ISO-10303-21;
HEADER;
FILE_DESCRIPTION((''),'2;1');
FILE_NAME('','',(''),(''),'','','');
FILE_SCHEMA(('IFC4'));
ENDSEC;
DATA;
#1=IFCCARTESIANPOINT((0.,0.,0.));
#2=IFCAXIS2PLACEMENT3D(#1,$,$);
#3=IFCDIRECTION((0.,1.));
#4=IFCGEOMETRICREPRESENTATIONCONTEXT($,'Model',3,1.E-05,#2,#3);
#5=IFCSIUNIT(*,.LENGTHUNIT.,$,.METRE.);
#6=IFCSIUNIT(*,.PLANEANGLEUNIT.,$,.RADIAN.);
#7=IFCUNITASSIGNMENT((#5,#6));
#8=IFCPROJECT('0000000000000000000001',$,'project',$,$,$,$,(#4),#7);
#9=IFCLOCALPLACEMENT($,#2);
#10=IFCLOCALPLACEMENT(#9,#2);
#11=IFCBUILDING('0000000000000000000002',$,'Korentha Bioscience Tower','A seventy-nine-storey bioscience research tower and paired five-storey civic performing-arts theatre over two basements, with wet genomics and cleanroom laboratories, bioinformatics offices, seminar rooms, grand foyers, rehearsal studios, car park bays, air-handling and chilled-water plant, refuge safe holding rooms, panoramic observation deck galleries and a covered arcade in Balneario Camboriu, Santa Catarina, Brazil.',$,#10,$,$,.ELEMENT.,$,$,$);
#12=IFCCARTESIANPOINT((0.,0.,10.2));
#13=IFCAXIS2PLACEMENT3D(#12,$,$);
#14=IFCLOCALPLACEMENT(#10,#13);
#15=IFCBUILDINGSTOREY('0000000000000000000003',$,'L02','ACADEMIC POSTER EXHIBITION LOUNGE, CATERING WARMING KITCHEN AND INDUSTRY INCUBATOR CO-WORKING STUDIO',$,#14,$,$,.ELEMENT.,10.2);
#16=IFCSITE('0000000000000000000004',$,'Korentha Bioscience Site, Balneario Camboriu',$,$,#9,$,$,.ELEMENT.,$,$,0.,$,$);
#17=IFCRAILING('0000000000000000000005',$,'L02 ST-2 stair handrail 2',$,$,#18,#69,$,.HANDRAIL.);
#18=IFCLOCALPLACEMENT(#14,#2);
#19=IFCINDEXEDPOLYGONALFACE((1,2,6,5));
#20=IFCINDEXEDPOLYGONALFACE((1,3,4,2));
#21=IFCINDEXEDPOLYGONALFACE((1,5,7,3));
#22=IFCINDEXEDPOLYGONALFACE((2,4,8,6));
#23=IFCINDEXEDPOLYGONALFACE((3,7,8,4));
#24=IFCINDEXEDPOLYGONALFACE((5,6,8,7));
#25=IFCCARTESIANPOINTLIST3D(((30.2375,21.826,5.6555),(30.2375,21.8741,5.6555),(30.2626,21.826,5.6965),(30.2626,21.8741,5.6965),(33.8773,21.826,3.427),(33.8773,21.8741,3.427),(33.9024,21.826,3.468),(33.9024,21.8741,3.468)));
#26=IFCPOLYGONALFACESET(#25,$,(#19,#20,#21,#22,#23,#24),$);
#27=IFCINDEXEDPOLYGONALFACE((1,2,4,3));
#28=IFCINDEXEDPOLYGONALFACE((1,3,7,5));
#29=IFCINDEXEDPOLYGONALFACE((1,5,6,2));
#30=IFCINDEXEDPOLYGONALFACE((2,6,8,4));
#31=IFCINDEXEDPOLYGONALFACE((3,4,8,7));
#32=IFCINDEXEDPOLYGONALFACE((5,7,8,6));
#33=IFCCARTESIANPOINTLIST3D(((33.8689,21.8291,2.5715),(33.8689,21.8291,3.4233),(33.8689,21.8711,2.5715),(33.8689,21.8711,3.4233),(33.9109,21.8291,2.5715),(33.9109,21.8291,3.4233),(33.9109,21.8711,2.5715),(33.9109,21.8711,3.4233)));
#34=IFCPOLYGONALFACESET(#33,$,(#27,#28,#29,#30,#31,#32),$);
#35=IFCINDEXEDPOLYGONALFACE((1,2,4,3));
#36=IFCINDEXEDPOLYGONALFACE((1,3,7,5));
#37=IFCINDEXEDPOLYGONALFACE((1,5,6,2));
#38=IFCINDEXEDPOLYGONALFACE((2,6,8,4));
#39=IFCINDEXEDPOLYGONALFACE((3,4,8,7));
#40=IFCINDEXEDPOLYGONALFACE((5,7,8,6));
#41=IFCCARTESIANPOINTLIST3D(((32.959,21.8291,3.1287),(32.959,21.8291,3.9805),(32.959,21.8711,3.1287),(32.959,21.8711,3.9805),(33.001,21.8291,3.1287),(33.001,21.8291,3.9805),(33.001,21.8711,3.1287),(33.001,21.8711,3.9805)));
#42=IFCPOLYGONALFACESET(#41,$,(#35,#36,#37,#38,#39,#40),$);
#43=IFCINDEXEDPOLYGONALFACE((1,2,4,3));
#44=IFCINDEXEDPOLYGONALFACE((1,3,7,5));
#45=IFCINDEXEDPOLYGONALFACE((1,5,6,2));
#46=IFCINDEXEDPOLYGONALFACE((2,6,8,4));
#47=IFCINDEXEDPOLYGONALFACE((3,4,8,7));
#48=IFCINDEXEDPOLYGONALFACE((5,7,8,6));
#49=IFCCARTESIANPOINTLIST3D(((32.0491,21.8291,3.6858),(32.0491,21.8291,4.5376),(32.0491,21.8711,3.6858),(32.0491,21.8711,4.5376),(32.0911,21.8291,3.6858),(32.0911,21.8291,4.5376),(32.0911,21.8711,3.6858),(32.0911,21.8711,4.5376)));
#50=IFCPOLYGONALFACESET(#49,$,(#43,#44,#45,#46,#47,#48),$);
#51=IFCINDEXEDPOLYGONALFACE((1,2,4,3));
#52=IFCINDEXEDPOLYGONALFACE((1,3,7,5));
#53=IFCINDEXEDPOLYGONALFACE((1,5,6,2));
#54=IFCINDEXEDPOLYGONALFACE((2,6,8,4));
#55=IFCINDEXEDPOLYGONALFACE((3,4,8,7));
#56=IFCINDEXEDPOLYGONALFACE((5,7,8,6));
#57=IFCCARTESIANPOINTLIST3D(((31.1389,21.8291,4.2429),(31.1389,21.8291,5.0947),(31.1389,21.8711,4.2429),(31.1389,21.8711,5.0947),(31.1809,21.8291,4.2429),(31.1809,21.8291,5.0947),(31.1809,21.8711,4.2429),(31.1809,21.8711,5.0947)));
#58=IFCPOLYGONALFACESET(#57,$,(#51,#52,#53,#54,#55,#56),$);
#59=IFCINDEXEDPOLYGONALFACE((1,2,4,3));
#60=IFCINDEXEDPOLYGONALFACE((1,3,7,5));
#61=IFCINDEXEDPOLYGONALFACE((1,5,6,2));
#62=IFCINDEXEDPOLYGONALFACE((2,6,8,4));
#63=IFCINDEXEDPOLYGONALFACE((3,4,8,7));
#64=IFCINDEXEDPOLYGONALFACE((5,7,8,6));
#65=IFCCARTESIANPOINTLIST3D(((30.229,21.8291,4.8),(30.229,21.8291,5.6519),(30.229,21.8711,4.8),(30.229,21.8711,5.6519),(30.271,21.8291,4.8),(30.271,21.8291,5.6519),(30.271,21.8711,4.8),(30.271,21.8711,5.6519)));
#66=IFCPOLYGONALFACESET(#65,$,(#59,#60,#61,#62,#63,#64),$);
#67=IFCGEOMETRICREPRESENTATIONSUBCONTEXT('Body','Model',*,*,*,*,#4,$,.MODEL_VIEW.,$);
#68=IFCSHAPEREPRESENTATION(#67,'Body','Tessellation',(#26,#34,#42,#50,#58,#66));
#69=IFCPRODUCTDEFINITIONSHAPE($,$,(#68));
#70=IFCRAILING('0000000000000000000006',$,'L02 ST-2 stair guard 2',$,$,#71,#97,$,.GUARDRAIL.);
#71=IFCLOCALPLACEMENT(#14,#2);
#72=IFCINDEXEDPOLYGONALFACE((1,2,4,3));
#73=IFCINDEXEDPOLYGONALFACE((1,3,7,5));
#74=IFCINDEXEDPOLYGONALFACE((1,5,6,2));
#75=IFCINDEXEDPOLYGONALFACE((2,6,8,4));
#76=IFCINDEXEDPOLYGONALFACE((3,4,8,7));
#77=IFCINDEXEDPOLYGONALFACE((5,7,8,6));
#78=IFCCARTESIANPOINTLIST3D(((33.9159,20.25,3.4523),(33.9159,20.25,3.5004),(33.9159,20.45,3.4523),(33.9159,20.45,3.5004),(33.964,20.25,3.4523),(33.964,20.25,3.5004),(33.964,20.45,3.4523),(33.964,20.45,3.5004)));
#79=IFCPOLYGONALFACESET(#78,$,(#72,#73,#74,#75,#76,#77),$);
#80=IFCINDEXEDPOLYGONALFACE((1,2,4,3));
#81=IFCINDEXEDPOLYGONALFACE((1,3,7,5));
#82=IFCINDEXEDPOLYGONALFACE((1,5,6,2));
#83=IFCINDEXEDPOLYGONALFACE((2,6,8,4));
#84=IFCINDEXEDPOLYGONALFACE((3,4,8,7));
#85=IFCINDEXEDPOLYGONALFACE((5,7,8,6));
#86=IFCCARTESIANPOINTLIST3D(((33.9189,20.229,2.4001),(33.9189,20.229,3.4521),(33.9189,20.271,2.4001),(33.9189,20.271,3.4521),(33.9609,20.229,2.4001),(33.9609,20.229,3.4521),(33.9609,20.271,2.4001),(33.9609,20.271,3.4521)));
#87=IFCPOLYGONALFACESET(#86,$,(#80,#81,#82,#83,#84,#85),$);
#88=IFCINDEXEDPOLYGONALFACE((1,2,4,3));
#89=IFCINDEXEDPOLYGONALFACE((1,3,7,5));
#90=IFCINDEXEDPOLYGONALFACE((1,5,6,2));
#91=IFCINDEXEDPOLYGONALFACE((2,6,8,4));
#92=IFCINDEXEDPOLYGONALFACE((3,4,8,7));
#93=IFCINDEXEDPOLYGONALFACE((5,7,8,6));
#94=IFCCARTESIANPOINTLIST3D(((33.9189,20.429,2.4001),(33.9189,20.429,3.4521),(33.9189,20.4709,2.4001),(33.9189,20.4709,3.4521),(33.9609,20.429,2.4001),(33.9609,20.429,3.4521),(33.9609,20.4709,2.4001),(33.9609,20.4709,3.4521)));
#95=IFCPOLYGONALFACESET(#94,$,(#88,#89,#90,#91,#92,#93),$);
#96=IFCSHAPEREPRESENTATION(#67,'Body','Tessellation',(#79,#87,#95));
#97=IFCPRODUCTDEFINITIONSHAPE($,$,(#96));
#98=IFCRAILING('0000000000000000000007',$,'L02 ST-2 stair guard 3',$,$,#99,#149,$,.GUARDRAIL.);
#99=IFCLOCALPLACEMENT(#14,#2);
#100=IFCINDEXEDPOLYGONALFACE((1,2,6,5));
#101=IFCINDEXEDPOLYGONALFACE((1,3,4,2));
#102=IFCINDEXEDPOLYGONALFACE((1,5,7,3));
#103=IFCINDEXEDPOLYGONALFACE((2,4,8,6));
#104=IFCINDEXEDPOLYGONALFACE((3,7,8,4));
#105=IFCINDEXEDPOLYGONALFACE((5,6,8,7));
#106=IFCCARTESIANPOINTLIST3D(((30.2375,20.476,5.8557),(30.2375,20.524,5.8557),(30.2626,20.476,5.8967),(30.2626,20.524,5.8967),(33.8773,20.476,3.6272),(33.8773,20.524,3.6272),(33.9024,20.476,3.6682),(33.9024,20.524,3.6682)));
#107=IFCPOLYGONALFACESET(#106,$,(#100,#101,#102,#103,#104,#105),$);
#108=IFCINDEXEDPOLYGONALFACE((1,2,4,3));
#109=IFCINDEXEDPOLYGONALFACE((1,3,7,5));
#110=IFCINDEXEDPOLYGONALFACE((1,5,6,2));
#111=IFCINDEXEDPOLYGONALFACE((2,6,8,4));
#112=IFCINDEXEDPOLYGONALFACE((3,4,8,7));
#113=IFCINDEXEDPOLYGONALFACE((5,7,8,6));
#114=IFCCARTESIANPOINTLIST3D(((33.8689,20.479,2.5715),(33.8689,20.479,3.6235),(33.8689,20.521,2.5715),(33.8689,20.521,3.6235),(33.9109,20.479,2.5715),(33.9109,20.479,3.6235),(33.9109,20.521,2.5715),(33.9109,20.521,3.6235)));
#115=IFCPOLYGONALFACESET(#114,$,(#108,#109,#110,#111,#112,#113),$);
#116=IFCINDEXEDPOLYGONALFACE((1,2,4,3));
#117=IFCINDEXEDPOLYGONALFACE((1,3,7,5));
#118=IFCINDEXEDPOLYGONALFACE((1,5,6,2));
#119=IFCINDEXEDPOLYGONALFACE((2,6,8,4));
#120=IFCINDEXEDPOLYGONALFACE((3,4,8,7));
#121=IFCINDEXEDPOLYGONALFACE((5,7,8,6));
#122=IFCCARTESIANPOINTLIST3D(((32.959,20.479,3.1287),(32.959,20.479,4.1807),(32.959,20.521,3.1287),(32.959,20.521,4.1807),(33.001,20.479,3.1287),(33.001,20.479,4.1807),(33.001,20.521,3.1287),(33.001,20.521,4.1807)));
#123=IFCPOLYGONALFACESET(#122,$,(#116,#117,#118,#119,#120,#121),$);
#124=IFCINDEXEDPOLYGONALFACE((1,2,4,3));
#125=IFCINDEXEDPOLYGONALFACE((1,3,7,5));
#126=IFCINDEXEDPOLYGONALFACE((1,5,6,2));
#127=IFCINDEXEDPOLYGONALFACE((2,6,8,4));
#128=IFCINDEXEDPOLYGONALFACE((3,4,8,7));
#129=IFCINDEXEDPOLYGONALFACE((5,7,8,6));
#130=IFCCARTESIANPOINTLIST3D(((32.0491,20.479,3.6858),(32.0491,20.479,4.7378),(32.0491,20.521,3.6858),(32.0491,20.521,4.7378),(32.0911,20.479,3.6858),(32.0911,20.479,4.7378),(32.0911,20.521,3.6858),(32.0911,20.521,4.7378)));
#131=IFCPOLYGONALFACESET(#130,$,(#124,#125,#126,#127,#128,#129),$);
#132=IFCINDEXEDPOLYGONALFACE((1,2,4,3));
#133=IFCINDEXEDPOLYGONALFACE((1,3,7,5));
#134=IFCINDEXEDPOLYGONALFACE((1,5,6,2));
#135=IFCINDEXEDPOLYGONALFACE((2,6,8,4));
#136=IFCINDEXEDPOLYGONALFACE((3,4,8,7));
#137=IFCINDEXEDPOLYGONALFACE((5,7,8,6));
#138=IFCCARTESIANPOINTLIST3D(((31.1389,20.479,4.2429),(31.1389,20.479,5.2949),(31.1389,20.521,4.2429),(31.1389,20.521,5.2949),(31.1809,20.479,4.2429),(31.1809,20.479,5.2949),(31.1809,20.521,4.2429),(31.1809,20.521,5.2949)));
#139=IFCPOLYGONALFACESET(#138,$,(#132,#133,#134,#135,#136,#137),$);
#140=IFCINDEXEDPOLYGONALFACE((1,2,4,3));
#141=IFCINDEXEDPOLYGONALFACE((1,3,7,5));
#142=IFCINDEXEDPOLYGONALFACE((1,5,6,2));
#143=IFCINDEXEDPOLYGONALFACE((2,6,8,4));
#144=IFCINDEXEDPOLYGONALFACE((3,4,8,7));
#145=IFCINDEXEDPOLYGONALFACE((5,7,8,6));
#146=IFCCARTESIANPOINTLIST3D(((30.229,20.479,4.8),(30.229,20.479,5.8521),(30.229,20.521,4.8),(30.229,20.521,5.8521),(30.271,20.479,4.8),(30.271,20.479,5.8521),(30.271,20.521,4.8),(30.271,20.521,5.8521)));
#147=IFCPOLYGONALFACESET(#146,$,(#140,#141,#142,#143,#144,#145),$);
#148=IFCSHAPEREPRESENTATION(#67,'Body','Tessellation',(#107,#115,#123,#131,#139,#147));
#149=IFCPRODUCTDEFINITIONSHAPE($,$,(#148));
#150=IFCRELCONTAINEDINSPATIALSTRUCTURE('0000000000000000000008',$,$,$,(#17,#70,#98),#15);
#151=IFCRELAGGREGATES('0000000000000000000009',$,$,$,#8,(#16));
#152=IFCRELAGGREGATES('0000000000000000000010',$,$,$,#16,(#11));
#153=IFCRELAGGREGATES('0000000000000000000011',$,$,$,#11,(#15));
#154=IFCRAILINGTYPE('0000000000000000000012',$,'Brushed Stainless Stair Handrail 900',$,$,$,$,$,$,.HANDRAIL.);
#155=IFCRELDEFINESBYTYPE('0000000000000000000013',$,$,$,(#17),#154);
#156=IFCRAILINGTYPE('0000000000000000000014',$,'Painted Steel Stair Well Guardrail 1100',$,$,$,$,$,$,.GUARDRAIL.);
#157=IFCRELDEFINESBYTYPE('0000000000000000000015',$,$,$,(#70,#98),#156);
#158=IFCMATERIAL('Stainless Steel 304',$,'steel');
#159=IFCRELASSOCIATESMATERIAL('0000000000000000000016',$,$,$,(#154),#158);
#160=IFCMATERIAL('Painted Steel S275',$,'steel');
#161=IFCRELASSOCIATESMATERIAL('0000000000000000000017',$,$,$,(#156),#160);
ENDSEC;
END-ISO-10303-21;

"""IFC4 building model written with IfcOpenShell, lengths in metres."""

from ifc_helpers import new_model, si_unit, direction, frame, origin, origin_2d, place, context, subcontext, project, spatial, rectangle, extrude, material, type_object, element, save


model = new_model("IFC4")

# Units and contexts
model_context = context("Model", 3, precision=1e-05, world=origin(), true_north=direction((0.0, 1.0)))
body_context = subcontext(model_context, "Body", "Model", "MODEL_VIEW")
ifc_project = project(units=[si_unit("LENGTHUNIT", "METRE"), si_unit("PLANEANGLEUNIT", "RADIAN")], contexts=[model_context])

# Site, building, storey
site_placement = place(None, origin())
site = spatial("IfcSite", under=ifc_project, at=site_placement, Name="Korentha Bioscience Site, Balneario Camboriu", CompositionType="ELEMENT", RefElevation=0.0)
building_placement = place(site_placement, origin())
building = spatial("IfcBuilding", under=site, at=building_placement, Name="Korentha Bioscience Tower", Description="A seventy-nine-storey bioscience research tower and paired five-storey civic performing-arts theatre over two basements, with wet genomics and cleanroom laboratories, bioinformatics offices, seminar rooms, grand foyers, rehearsal studios, car park bays, air-handling and chilled-water plant, refuge safe holding rooms, panoramic observation deck galleries and a covered arcade in Balneario Camboriu, Santa Catarina, Brazil.", CompositionType="ELEMENT")
storey_placement = place(building_placement, frame((0.0, 0.0, 10.2)))
storey = spatial("IfcBuildingStorey", under=building, at=storey_placement, Name="L02", Description="ACADEMIC POSTER EXHIBITION LOUNGE, CATERING WARMING KITCHEN AND INDUSTRY INCUBATOR CO-WORKING STUDIO", CompositionType="ELEMENT", Elevation=10.2)

# Railings
ifc_material_1 = material(Name="Stainless Steel 304", Category="steel")
railing_type_1 = type_object("IfcRailingType", Name="Brushed Stainless Stair Handrail 900", PredefinedType="HANDRAIL", material=ifc_material_1)
railing_1_placement = place(storey_placement, frame((33.8899, 21.8501, 2.5715)))
element("IfcRailing", 1, at=railing_1_placement, inside=storey, type_object=railing_type_1, Name="L02 ST-2 stair handrail 2", PredefinedType="HANDRAIL", context=body_context, shape_type="SweptSolid", body=[
    extrude(rectangle(XDim=0.0481, YDim=0.0481, at=origin_2d()), frame((0.0, 0.0, 0.876), z_axis=(-0.85285, 0.0, 0.522156), x_axis=(0.0, -1.0, 0.0)), (0.0, 0.0, 1.0), 4.2678),
    extrude(rectangle(XDim=0.042, YDim=0.042, at=origin_2d()), origin(), (0.0, 0.0, 1.0), 0.8518),
    extrude(rectangle(XDim=0.042, YDim=0.042, at=origin_2d()), frame((-0.9099, 0.0, 0.5571)), (0.0, 0.0, 1.0), 0.8518),
    extrude(rectangle(XDim=0.042, YDim=0.042, at=origin_2d()), frame((-1.8198, 0.0, 1.1143)), (0.0, 0.0, 1.0), 0.8518),
    extrude(rectangle(XDim=0.042, YDim=0.042, at=origin_2d()), frame((-2.73, 0.0, 1.6714)), (0.0, 0.0, 1.0), 0.8518),
    extrude(rectangle(XDim=0.042, YDim=0.042, at=origin_2d()), frame((-3.6399, 0.0, 2.2285)), (0.0, 0.0, 1.0), 0.8518),
])
ifc_material_2 = material(Name="Painted Steel S275", Category="steel")
railing_type_2 = type_object("IfcRailingType", Name="Painted Steel Stair Well Guardrail 1100", PredefinedType="GUARDRAIL", material=ifc_material_2)
railing_2_placement = place(storey_placement, frame((33.9399, 20.25, 2.4001)))
element("IfcRailing", 2, at=railing_2_placement, inside=storey, type_object=railing_type_2, Name="L02 ST-2 stair guard 2", PredefinedType="GUARDRAIL", context=body_context, shape_type="SweptSolid", body=[
    extrude(rectangle(XDim=0.0481, YDim=0.0481, at=origin_2d()), frame((0.0, 0.0, 1.0762), z_axis=(0.0, 1.0, 0.0), x_axis=(-1.0, 0.0, 0.0)), (0.0, 0.0, 1.0), 0.2),
    extrude(rectangle(XDim=0.042, YDim=0.042, at=origin_2d()), origin(), (0.0, 0.0, 1.0), 1.052),
    extrude(rectangle(XDim=0.042, YDim=0.042, at=origin_2d()), frame((0.0, 0.2, 0.0)), (0.0, 0.0, 1.0), 1.052),
])
railing_3_placement = place(storey_placement, frame((33.8899, 20.5, 2.5715)))
element("IfcRailing", 3, at=railing_3_placement, inside=storey, type_object=railing_type_2, Name="L02 ST-2 stair guard 3", PredefinedType="GUARDRAIL", context=body_context, shape_type="SweptSolid", body=[
    extrude(rectangle(XDim=0.0481, YDim=0.0481, at=origin_2d()), frame((0.0, 0.0, 1.0762), z_axis=(-0.85285, 0.0, 0.522156), x_axis=(0.0, -1.0, 0.0)), (0.0, 0.0, 1.0), 4.2678),
    extrude(rectangle(XDim=0.042, YDim=0.042, at=origin_2d()), origin(), (0.0, 0.0, 1.0), 1.052),
    extrude(rectangle(XDim=0.042, YDim=0.042, at=origin_2d()), frame((-0.9099, 0.0, 0.5571)), (0.0, 0.0, 1.0), 1.052),
    extrude(rectangle(XDim=0.042, YDim=0.042, at=origin_2d()), frame((-1.8198, 0.0, 1.1143)), (0.0, 0.0, 1.0), 1.052),
    extrude(rectangle(XDim=0.042, YDim=0.042, at=origin_2d()), frame((-2.73, 0.0, 1.6714)), (0.0, 0.0, 1.0), 1.052),
    extrude(rectangle(XDim=0.042, YDim=0.042, at=origin_2d()), frame((-3.6399, 0.0, 2.2285)), (0.0, 0.0, 1.0), 1.052),
])

save(model, "model.ifc")
